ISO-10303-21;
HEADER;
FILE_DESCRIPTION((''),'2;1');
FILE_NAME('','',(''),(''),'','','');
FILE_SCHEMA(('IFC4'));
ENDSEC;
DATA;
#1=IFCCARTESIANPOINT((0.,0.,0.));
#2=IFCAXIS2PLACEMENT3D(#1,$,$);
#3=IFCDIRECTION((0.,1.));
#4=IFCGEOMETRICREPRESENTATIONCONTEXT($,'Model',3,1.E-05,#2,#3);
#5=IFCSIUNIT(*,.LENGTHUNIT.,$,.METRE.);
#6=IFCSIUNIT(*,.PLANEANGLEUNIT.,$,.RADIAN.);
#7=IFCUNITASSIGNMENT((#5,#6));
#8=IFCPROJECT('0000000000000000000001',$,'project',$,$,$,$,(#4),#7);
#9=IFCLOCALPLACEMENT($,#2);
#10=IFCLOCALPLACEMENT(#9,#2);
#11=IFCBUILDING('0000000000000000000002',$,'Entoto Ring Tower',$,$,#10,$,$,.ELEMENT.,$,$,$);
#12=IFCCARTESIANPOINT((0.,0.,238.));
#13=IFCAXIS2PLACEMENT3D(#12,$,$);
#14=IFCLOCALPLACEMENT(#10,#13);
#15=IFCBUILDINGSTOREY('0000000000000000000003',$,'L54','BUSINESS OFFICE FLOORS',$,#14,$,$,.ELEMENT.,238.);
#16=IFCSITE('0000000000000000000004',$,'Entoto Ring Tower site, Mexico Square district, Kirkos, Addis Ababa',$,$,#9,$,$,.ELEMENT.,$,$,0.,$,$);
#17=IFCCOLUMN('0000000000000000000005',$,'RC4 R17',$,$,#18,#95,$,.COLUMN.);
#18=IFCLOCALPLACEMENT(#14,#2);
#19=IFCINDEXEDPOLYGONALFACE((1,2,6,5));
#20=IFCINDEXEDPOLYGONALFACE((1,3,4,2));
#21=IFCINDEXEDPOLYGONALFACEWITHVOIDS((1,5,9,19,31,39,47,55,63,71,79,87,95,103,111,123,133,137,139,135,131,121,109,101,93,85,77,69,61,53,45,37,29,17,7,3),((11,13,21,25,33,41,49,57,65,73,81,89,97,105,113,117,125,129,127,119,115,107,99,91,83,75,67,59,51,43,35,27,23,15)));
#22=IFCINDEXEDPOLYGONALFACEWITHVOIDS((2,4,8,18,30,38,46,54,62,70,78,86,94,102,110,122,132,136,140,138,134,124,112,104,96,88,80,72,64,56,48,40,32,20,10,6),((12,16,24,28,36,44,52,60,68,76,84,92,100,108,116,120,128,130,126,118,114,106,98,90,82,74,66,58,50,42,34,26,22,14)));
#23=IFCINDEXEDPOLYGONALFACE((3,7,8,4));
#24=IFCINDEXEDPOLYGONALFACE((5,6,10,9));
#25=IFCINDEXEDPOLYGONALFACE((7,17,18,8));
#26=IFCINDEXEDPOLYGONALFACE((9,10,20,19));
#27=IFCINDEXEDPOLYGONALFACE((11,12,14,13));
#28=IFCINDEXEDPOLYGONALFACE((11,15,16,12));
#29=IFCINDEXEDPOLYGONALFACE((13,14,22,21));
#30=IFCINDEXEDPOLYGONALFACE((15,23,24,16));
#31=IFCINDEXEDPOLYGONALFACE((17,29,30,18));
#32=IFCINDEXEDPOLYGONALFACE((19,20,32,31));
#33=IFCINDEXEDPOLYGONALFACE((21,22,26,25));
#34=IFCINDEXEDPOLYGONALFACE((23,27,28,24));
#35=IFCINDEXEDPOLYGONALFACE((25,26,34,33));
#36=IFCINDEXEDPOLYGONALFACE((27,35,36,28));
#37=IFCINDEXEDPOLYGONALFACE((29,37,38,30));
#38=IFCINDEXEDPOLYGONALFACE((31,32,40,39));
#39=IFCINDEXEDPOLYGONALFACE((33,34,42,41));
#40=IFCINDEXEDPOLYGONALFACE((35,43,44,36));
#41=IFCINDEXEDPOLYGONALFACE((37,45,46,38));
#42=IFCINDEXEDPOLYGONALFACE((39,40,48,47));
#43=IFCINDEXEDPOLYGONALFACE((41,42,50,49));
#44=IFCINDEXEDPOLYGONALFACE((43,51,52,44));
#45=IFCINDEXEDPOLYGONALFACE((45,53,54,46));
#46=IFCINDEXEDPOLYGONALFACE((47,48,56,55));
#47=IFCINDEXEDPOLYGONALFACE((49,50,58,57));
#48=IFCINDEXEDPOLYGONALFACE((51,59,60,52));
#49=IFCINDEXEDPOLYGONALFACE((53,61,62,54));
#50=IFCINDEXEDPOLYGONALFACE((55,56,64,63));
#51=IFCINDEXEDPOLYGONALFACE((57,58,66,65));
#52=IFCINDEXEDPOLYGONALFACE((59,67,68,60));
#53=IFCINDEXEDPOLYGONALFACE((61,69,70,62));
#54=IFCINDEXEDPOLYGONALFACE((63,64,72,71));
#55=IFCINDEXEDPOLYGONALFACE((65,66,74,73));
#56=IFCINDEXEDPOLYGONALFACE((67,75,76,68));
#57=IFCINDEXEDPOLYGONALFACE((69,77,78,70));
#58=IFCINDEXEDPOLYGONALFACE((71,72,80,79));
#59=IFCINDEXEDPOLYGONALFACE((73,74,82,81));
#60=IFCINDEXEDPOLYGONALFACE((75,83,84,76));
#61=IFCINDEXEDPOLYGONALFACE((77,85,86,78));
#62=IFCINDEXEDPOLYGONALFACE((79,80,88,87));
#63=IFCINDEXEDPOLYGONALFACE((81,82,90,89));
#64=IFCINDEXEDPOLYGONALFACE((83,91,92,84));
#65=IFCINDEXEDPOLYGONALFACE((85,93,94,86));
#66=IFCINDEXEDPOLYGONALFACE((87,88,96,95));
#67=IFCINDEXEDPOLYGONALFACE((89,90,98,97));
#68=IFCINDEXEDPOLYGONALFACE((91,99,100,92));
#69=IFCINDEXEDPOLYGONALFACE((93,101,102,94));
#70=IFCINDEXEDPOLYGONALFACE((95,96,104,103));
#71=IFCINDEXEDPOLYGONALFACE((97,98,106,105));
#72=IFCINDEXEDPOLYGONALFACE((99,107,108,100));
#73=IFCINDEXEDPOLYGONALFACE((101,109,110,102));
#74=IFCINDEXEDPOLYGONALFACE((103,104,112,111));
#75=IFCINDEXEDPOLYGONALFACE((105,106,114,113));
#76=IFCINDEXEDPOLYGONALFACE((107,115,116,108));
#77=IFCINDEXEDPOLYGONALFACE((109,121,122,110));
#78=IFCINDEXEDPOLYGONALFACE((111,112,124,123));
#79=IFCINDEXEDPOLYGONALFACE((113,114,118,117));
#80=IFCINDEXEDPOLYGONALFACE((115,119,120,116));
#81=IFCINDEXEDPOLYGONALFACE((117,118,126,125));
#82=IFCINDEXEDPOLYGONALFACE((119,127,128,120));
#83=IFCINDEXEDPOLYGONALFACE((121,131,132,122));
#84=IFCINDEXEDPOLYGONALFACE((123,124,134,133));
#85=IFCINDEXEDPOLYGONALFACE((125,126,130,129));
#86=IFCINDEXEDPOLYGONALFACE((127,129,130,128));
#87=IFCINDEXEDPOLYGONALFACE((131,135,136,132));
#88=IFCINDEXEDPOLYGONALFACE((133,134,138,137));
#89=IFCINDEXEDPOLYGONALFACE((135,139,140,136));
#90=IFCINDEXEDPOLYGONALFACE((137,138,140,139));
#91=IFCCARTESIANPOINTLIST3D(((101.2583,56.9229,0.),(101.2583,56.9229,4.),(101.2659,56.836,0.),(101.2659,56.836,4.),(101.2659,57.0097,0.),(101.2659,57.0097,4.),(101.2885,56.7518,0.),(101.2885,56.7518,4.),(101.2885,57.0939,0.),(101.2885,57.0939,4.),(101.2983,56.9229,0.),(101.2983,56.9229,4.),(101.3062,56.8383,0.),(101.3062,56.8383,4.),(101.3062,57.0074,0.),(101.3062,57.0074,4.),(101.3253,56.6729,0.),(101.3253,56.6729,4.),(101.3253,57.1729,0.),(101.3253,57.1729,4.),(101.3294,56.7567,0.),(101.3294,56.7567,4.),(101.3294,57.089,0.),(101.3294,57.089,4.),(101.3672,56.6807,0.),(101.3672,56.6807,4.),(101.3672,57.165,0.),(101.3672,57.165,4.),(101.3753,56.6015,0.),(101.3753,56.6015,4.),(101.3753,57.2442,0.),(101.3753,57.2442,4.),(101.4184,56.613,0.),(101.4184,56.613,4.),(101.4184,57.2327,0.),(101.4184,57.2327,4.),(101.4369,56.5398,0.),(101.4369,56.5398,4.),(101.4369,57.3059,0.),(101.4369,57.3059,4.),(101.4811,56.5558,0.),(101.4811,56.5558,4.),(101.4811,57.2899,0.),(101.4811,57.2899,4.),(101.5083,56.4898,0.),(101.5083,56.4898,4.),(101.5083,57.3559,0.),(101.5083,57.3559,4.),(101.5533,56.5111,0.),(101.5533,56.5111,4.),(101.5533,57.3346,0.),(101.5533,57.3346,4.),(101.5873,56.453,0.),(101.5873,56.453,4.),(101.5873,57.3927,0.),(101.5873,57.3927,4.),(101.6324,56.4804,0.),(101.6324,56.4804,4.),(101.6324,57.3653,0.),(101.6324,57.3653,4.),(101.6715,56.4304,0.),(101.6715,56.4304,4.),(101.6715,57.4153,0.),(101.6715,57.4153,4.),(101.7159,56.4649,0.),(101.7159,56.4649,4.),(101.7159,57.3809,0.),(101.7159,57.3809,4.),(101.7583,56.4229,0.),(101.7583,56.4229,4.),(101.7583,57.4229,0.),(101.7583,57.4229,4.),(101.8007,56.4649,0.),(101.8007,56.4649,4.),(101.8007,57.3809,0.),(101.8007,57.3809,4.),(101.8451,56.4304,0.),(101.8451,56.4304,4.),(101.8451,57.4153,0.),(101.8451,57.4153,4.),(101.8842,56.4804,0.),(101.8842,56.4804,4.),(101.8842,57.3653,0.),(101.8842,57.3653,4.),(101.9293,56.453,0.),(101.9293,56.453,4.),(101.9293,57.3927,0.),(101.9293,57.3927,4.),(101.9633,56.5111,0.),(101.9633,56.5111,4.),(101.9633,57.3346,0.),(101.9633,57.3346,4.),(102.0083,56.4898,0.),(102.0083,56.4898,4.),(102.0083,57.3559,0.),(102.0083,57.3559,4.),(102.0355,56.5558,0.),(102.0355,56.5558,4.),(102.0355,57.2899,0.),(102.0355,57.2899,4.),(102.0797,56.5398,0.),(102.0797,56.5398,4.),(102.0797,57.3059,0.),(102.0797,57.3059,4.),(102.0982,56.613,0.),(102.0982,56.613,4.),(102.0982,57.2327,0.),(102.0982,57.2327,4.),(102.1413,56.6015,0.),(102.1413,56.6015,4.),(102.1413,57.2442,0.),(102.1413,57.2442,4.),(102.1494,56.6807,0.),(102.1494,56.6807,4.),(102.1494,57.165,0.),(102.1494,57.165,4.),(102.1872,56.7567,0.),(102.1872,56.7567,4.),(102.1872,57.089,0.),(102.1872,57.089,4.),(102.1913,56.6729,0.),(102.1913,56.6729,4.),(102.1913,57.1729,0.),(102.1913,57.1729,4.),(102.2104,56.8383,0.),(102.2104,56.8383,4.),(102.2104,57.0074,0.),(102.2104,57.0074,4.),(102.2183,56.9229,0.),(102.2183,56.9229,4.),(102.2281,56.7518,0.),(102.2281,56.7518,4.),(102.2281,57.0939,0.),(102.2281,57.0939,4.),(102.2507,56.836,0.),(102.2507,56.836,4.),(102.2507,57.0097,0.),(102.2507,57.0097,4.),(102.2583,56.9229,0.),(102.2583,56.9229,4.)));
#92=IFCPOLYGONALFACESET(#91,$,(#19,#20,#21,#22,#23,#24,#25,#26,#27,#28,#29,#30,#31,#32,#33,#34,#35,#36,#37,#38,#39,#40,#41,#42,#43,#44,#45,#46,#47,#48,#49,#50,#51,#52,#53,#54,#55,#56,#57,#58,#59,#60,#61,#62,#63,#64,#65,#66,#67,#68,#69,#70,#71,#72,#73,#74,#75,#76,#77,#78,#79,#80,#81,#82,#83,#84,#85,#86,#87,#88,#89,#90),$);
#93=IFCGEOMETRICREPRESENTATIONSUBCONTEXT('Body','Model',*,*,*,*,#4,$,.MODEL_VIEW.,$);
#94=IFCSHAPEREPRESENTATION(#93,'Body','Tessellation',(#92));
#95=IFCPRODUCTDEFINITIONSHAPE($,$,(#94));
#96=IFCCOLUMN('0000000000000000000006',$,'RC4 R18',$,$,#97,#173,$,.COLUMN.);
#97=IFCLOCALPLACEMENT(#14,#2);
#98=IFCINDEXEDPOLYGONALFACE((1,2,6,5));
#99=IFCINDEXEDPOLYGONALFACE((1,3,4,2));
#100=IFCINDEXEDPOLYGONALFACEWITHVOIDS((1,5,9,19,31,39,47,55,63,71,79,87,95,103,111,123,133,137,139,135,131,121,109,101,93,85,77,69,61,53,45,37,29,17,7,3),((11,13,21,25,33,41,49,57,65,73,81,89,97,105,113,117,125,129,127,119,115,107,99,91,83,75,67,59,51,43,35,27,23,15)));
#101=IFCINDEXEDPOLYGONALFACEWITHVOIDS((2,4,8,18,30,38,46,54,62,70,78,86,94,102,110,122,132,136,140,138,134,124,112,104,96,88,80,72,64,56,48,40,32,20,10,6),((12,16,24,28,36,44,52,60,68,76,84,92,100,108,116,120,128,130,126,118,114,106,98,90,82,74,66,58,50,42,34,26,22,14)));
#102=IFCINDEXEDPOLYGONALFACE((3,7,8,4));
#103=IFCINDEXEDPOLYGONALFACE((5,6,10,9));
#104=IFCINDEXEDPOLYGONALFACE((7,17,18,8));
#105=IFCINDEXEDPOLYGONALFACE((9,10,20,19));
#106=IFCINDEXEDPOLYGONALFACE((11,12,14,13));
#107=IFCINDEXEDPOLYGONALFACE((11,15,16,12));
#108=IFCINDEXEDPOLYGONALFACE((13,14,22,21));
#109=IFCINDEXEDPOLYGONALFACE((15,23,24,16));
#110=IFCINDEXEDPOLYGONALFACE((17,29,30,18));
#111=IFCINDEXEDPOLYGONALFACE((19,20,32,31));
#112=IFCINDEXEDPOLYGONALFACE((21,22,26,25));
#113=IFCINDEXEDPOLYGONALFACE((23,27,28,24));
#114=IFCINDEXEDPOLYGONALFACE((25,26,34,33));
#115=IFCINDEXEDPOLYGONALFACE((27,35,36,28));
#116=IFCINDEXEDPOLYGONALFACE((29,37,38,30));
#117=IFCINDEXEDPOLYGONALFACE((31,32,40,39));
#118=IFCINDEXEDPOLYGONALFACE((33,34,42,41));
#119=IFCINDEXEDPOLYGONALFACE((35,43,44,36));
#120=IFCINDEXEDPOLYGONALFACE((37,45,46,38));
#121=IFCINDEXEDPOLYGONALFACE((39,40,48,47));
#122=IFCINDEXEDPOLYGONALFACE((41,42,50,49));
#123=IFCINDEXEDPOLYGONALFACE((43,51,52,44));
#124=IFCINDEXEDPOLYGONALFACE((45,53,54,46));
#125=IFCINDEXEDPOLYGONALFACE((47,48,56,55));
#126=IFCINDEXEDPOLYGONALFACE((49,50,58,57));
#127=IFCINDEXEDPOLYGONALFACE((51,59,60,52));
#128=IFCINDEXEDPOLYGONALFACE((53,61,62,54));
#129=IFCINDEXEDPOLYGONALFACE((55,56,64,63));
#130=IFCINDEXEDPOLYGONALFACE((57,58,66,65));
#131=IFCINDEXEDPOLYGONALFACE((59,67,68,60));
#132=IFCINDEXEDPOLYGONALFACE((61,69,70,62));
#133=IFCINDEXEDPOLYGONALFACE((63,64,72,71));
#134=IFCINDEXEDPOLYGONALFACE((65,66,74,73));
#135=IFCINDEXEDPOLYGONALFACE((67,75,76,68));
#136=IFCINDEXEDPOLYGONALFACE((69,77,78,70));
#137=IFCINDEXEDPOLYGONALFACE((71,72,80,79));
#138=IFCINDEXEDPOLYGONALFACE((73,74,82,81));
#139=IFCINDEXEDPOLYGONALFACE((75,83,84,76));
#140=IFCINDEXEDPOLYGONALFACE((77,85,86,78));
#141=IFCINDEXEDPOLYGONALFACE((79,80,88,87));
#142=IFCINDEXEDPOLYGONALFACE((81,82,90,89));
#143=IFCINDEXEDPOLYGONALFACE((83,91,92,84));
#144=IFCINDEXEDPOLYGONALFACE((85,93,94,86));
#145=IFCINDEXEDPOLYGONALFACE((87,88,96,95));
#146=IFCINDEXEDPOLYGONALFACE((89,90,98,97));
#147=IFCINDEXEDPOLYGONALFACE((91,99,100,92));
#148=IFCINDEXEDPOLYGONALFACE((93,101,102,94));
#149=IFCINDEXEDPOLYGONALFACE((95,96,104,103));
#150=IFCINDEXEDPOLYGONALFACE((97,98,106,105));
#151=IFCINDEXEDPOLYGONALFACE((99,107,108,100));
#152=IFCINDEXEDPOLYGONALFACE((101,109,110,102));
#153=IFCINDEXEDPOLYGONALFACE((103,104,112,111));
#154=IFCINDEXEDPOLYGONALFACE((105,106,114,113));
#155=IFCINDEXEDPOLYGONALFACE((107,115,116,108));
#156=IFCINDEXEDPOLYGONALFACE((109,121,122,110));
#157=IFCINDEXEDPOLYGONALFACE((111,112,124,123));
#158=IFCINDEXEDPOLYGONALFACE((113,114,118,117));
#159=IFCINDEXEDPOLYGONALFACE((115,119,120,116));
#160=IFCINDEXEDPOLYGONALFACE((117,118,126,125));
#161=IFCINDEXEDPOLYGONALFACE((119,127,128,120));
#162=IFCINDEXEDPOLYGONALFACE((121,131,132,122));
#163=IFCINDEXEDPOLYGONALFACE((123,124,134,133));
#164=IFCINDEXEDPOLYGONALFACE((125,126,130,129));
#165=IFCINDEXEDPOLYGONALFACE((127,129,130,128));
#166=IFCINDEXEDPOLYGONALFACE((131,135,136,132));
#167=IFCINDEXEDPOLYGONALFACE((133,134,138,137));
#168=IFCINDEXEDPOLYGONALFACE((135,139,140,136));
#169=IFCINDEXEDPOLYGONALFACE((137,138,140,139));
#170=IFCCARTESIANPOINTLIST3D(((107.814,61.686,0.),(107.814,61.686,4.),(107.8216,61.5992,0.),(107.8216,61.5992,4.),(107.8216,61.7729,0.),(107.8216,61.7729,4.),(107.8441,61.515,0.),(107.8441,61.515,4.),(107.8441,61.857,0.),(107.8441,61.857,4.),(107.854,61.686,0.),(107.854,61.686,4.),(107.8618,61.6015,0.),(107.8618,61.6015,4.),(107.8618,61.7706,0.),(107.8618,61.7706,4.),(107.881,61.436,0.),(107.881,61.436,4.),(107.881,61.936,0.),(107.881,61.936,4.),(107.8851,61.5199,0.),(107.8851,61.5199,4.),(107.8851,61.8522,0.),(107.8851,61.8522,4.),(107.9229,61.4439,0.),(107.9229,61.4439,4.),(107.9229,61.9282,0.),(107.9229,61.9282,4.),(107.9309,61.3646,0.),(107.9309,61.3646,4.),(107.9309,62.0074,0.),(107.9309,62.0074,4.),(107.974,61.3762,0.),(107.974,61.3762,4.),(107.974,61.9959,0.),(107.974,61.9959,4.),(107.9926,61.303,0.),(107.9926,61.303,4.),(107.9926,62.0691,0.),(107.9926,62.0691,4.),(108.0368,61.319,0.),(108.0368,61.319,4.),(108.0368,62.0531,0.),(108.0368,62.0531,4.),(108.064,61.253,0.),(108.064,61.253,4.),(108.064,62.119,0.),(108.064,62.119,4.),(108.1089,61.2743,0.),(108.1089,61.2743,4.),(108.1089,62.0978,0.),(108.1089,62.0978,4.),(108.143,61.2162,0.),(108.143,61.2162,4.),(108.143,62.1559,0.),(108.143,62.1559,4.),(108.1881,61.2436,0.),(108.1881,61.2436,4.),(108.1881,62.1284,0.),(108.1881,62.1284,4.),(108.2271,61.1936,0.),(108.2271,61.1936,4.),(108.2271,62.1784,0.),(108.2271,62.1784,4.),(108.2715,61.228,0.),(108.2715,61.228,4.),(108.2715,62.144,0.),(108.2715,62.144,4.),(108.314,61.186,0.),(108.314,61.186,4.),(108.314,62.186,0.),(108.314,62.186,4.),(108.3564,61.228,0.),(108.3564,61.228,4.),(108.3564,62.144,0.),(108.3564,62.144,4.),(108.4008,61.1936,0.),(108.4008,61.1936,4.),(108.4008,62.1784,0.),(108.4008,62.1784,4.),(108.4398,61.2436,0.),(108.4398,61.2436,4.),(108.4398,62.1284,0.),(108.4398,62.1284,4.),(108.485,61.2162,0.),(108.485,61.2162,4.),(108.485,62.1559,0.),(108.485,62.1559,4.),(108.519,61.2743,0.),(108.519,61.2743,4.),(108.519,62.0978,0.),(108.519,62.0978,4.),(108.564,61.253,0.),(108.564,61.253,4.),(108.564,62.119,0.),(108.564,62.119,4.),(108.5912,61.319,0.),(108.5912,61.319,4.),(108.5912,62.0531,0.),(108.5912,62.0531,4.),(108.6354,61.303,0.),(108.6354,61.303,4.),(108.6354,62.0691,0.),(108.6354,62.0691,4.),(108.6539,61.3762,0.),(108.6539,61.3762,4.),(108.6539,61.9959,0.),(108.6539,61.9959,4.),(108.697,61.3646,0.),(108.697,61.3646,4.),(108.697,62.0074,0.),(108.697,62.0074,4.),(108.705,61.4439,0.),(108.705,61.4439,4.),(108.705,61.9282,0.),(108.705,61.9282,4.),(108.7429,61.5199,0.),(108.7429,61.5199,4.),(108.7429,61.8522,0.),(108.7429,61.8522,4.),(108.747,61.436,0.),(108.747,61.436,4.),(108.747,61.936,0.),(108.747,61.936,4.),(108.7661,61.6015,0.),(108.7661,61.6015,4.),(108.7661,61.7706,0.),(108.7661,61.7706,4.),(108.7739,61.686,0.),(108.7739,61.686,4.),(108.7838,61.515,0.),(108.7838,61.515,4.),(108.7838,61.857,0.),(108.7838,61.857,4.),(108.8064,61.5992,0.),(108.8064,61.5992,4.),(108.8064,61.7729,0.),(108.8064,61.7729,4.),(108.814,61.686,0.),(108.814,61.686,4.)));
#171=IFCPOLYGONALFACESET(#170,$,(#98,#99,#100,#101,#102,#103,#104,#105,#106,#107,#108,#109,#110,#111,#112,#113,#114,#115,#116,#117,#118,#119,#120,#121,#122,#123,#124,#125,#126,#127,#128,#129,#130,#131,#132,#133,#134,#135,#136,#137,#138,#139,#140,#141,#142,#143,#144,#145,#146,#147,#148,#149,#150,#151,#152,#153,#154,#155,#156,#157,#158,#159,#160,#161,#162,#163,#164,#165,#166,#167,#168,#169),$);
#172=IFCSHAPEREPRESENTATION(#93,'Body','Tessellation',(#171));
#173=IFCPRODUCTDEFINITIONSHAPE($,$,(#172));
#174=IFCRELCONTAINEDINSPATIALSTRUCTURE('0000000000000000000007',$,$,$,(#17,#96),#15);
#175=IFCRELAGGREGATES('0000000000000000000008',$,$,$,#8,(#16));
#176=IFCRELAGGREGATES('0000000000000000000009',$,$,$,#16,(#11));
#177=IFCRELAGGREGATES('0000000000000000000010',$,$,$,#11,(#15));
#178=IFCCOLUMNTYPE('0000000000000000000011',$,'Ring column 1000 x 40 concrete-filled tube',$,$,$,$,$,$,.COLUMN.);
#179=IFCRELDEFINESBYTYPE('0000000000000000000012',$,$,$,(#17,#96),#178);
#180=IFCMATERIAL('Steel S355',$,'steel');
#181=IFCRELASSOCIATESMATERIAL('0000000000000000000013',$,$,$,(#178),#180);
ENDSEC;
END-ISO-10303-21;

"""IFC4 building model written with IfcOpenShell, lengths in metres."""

from ifc_helpers import new_model, si_unit, direction, frame, origin, origin_2d, place, context, subcontext, project, spatial, circle, hollow_circle, extrude, material, material_profile, profile_set, type_object, element, save


model = new_model("IFC4")

# Units and contexts
model_context = context("Model", 3, precision=1e-05, world=origin(), true_north=direction((0.0, 1.0)))
body_context = subcontext(model_context, "Body", "Model", "MODEL_VIEW")
ifc_project = project(units=[si_unit("LENGTHUNIT", "METRE"), si_unit("PLANEANGLEUNIT", "RADIAN")], contexts=[model_context])

# Site, building, storey
site_placement = place(None, origin())
site = spatial("IfcSite", under=ifc_project, at=site_placement, Name="Entoto Ring Tower site, Mexico Square district, Kirkos, Addis Ababa", CompositionType="ELEMENT", RefElevation=0.0)
building_placement = place(site_placement, origin())
building = spatial("IfcBuilding", under=site, at=building_placement, Name="Entoto Ring Tower", CompositionType="ELEMENT")
storey_placement = place(building_placement, frame((0.0, 0.0, 238.0)))
storey = spatial("IfcBuildingStorey", under=building, at=storey_placement, Name="L54", Description="BUSINESS OFFICE FLOORS", CompositionType="ELEMENT", Elevation=238.0)

# Columns
ifc_material_1 = material(Name="Steel S355", Category="steel")
ifc_material_profile_1 = material_profile(ifc_material_1, hollow_circle(Radius=0.5, WallThickness=0.04, at=origin_2d()), Name="CHS 1000 x 40")
ifc_material_2 = material(Name="Concrete C60/75", Category="concrete")
ifc_material_profile_2 = material_profile(ifc_material_2, circle(Radius=0.46, at=origin_2d()), Name="Concrete C60/75 infill")
ifc_profile_set_1 = profile_set([ifc_material_profile_1, ifc_material_profile_2], Name="Steel S355")
column_type = type_object("IfcColumnType", Name="Ring column 1000 x 40 concrete-filled tube", PredefinedType="COLUMN", material=ifc_profile_set_1)
for number, where, z_axis, x_axis, name in (
    (1, (101.7583, 56.9229, 0.0), (0.0, 0.0, 1.0), (1.0, 0.0, 0.0), "RC4 R17"),
    (2, (108.314, 61.686, 0.0), (0.0, 0.0, 1.0), (1.0, 0.0, 0.0), "RC4 R18"),
):
    element("IfcColumn", number, at=place(storey_placement, frame(where, z_axis=z_axis, x_axis=x_axis)), inside=storey, type_object=column_type, Name=name, PredefinedType="COLUMN", context=body_context, shape_type="SweptSolid", body=[
        extrude(hollow_circle(Radius=0.5, WallThickness=0.04, at=origin_2d()), origin(), (0.0, 0.0, 1.0), 4.0),
    ])

save(model, "model.ifc")
